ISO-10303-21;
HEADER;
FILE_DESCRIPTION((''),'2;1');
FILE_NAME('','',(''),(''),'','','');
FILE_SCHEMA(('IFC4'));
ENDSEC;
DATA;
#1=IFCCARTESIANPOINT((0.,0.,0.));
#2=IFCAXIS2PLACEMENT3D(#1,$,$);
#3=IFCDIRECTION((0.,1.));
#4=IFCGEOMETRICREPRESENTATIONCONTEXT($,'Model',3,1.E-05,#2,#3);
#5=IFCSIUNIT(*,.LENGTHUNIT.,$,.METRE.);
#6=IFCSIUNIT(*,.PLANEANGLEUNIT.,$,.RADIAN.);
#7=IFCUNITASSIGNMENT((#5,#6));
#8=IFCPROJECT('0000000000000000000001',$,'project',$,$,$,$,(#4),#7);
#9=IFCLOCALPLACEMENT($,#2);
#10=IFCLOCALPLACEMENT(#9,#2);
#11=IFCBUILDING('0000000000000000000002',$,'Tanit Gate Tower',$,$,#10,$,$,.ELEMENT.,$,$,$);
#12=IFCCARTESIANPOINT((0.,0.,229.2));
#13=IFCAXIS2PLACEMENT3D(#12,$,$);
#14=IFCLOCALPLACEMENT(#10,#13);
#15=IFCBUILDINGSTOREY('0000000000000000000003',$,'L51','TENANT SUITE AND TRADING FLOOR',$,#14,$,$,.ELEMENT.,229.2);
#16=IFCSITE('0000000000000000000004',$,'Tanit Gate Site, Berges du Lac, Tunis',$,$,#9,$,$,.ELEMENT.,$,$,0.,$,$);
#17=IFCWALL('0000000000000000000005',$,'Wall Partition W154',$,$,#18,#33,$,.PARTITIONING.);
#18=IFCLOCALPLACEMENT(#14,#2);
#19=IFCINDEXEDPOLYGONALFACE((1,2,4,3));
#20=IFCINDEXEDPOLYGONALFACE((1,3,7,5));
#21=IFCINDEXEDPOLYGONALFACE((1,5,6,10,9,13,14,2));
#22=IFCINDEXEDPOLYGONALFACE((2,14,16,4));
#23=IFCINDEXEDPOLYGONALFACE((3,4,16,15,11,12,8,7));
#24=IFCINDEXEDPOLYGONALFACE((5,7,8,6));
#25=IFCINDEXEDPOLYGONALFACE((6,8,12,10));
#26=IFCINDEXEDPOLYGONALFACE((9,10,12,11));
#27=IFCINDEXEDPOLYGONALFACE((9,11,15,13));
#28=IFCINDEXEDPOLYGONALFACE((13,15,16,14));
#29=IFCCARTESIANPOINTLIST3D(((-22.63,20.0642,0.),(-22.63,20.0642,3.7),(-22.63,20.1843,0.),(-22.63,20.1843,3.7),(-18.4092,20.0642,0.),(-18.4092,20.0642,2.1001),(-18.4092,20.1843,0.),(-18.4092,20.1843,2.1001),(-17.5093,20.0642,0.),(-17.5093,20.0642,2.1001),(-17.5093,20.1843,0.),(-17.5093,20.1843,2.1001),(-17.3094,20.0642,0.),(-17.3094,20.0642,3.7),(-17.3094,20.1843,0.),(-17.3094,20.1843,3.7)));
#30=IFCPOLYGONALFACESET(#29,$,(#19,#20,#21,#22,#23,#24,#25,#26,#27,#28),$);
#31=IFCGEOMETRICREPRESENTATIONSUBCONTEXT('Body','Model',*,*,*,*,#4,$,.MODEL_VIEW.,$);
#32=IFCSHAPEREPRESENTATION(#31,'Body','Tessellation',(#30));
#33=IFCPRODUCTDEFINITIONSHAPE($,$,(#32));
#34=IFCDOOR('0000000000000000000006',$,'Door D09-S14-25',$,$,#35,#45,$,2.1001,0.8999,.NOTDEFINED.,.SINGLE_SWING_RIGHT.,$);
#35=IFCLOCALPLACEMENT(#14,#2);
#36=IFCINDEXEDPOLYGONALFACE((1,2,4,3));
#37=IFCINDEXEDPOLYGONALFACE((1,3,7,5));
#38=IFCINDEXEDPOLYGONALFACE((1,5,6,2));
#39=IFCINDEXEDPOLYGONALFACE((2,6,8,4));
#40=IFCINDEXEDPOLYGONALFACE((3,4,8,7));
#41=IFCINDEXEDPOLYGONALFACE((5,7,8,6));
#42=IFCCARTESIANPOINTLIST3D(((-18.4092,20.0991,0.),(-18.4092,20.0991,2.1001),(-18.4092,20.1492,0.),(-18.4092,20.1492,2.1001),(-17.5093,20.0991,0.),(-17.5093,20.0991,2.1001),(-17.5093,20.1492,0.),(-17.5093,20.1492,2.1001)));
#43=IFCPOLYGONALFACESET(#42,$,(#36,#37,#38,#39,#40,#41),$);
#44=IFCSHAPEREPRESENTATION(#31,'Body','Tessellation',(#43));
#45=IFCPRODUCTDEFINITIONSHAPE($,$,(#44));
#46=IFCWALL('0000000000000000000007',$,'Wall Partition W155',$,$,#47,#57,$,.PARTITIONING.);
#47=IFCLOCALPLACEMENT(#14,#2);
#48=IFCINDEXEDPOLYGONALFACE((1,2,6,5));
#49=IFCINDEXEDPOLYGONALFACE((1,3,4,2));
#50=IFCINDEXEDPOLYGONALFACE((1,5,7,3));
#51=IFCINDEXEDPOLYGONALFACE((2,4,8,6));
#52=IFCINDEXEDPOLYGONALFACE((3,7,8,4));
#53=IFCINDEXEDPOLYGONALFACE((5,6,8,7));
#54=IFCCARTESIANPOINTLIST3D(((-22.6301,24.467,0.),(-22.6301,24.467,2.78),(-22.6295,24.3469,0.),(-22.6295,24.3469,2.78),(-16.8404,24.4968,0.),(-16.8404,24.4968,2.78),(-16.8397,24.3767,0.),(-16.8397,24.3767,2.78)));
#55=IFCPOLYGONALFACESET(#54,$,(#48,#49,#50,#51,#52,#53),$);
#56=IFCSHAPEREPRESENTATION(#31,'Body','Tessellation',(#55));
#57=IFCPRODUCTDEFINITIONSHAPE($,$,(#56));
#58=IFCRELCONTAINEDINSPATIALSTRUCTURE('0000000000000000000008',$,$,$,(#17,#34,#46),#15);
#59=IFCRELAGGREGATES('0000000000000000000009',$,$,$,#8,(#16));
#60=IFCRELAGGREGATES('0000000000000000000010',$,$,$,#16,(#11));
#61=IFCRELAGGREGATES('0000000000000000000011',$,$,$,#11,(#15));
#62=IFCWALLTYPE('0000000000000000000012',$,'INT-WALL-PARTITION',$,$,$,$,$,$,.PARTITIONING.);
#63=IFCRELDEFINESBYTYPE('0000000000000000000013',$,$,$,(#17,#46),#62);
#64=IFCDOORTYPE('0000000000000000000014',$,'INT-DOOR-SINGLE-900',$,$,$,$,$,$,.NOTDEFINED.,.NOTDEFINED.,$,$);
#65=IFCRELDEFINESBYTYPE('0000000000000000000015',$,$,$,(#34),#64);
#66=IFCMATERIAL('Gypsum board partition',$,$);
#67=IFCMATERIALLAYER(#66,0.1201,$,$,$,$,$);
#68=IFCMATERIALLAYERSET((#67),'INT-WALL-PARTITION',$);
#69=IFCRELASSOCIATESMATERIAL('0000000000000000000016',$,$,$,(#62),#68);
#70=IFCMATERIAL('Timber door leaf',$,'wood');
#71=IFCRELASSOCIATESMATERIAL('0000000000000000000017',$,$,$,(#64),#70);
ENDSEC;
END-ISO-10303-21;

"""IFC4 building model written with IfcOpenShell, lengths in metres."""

from ifc_helpers import new_model, si_unit, direction, frame, frame_2d, origin, place, context, subcontext, project, spatial, rectangle, extrude, material, layer, layer_set, type_object, element, fill, save


model = new_model("IFC4")

# Units and contexts
model_context = context("Model", 3, precision=1e-05, world=origin(), true_north=direction((0.0, 1.0)))
body_context = subcontext(model_context, "Body", "Model", "MODEL_VIEW")
ifc_project = project(units=[si_unit("LENGTHUNIT", "METRE"), si_unit("PLANEANGLEUNIT", "RADIAN")], contexts=[model_context])

# Site, building, storey
site_placement = place(None, origin())
site = spatial("IfcSite", under=ifc_project, at=site_placement, Name="Tanit Gate Site, Berges du Lac, Tunis", CompositionType="ELEMENT", RefElevation=0.0)
building_placement = place(site_placement, origin())
building = spatial("IfcBuilding", under=site, at=building_placement, Name="Tanit Gate Tower", CompositionType="ELEMENT")
storey_placement = place(building_placement, frame((0.0, 0.0, 229.2)))
storey = spatial("IfcBuildingStorey", under=building, at=storey_placement, Name="L51", Description="TENANT SUITE AND TRADING FLOOR", CompositionType="ELEMENT", Elevation=229.2)

# Wall, opening, door
ifc_material_1 = material(Name="Gypsum board partition")
ifc_layer_1 = layer(ifc_material_1, 0.1201)
ifc_layer_set_1 = layer_set([ifc_layer_1], Name="INT-WALL-PARTITION")
wall_type_1 = type_object("IfcWallType", Name="INT-WALL-PARTITION", PredefinedType="PARTITIONING", material=ifc_layer_set_1)
wall_1_placement = place(storey_placement, frame((-22.6299, 20.1243, 0.0), z_axis=(0.0, 0.0, 1.0), x_axis=(1.0, 0.0, 0.0)))
wall_1 = element("IfcWall", 1, at=wall_1_placement, inside=storey, type_object=wall_type_1, Name="Wall Partition W154", PredefinedType="PARTITIONING", context=body_context, shape_type="SweptSolid", body=[
    extrude(rectangle(XDim=5.3206, YDim=0.1201, at=frame_2d((2.6602, 0.0))), origin(), (0.0, 0.0, 1.0), 3.7),
])
opening_placement = place(wall_1_placement, frame((4.2207, 0.0, 0.0)))
opening = element("IfcOpeningElement", 2, at=opening_placement, cuts=wall_1, PredefinedType="OPENING", context=body_context, shape_type="SweptSolid", body=[
    extrude(rectangle(XDim=0.8999, YDim=2.1001, at=frame_2d((0.45, 1.05))), frame((0.0, 0.0701, 0.0), z_axis=(0.0, -1.0, 0.0), x_axis=(1.0, 0.0, 0.0)), (0.0, 0.0, 1.0), 0.1401),
])
ifc_material_2 = material(Name="Timber door leaf", Category="wood")
door_type = type_object("IfcDoorType", Name="INT-DOOR-SINGLE-900", OperationType="NOTDEFINED", PredefinedType="NOTDEFINED", material=ifc_material_2)
door_placement = place(opening_placement, origin())
door = element("IfcDoor", 3, at=door_placement, inside=storey, type_object=door_type, Name="Door D09-S14-25", OperationType="SINGLE_SWING_RIGHT", OverallHeight=2.1001, OverallWidth=0.8999, PredefinedType="NOTDEFINED", context=body_context, shape_type="SweptSolid", body=[
    extrude(rectangle(XDim=0.8999, YDim=2.1001, at=frame_2d((0.45, 1.05))), frame((0.0, 0.0249, 0.0), z_axis=(0.0, -1.0, 0.0), x_axis=(1.0, 0.0, 0.0)), (0.0, 0.0, 1.0), 0.05),
])
fill(opening, door)

# Wall
wall_2_placement = place(storey_placement, frame((-22.6299, 24.407, 0.0), z_axis=(0.0, 0.0, 1.0), x_axis=(0.999987, 0.005144, 0.0)))
element("IfcWall", 4, at=wall_2_placement, inside=storey, type_object=wall_type_1, Name="Wall Partition W155", PredefinedType="PARTITIONING", context=body_context, shape_type="SweptSolid", body=[
    extrude(rectangle(XDim=5.7898, YDim=0.1201, at=frame_2d((2.895, 0.0))), origin(), (0.0, 0.0, 1.0), 2.78),
])

save(model, "model.ifc")
